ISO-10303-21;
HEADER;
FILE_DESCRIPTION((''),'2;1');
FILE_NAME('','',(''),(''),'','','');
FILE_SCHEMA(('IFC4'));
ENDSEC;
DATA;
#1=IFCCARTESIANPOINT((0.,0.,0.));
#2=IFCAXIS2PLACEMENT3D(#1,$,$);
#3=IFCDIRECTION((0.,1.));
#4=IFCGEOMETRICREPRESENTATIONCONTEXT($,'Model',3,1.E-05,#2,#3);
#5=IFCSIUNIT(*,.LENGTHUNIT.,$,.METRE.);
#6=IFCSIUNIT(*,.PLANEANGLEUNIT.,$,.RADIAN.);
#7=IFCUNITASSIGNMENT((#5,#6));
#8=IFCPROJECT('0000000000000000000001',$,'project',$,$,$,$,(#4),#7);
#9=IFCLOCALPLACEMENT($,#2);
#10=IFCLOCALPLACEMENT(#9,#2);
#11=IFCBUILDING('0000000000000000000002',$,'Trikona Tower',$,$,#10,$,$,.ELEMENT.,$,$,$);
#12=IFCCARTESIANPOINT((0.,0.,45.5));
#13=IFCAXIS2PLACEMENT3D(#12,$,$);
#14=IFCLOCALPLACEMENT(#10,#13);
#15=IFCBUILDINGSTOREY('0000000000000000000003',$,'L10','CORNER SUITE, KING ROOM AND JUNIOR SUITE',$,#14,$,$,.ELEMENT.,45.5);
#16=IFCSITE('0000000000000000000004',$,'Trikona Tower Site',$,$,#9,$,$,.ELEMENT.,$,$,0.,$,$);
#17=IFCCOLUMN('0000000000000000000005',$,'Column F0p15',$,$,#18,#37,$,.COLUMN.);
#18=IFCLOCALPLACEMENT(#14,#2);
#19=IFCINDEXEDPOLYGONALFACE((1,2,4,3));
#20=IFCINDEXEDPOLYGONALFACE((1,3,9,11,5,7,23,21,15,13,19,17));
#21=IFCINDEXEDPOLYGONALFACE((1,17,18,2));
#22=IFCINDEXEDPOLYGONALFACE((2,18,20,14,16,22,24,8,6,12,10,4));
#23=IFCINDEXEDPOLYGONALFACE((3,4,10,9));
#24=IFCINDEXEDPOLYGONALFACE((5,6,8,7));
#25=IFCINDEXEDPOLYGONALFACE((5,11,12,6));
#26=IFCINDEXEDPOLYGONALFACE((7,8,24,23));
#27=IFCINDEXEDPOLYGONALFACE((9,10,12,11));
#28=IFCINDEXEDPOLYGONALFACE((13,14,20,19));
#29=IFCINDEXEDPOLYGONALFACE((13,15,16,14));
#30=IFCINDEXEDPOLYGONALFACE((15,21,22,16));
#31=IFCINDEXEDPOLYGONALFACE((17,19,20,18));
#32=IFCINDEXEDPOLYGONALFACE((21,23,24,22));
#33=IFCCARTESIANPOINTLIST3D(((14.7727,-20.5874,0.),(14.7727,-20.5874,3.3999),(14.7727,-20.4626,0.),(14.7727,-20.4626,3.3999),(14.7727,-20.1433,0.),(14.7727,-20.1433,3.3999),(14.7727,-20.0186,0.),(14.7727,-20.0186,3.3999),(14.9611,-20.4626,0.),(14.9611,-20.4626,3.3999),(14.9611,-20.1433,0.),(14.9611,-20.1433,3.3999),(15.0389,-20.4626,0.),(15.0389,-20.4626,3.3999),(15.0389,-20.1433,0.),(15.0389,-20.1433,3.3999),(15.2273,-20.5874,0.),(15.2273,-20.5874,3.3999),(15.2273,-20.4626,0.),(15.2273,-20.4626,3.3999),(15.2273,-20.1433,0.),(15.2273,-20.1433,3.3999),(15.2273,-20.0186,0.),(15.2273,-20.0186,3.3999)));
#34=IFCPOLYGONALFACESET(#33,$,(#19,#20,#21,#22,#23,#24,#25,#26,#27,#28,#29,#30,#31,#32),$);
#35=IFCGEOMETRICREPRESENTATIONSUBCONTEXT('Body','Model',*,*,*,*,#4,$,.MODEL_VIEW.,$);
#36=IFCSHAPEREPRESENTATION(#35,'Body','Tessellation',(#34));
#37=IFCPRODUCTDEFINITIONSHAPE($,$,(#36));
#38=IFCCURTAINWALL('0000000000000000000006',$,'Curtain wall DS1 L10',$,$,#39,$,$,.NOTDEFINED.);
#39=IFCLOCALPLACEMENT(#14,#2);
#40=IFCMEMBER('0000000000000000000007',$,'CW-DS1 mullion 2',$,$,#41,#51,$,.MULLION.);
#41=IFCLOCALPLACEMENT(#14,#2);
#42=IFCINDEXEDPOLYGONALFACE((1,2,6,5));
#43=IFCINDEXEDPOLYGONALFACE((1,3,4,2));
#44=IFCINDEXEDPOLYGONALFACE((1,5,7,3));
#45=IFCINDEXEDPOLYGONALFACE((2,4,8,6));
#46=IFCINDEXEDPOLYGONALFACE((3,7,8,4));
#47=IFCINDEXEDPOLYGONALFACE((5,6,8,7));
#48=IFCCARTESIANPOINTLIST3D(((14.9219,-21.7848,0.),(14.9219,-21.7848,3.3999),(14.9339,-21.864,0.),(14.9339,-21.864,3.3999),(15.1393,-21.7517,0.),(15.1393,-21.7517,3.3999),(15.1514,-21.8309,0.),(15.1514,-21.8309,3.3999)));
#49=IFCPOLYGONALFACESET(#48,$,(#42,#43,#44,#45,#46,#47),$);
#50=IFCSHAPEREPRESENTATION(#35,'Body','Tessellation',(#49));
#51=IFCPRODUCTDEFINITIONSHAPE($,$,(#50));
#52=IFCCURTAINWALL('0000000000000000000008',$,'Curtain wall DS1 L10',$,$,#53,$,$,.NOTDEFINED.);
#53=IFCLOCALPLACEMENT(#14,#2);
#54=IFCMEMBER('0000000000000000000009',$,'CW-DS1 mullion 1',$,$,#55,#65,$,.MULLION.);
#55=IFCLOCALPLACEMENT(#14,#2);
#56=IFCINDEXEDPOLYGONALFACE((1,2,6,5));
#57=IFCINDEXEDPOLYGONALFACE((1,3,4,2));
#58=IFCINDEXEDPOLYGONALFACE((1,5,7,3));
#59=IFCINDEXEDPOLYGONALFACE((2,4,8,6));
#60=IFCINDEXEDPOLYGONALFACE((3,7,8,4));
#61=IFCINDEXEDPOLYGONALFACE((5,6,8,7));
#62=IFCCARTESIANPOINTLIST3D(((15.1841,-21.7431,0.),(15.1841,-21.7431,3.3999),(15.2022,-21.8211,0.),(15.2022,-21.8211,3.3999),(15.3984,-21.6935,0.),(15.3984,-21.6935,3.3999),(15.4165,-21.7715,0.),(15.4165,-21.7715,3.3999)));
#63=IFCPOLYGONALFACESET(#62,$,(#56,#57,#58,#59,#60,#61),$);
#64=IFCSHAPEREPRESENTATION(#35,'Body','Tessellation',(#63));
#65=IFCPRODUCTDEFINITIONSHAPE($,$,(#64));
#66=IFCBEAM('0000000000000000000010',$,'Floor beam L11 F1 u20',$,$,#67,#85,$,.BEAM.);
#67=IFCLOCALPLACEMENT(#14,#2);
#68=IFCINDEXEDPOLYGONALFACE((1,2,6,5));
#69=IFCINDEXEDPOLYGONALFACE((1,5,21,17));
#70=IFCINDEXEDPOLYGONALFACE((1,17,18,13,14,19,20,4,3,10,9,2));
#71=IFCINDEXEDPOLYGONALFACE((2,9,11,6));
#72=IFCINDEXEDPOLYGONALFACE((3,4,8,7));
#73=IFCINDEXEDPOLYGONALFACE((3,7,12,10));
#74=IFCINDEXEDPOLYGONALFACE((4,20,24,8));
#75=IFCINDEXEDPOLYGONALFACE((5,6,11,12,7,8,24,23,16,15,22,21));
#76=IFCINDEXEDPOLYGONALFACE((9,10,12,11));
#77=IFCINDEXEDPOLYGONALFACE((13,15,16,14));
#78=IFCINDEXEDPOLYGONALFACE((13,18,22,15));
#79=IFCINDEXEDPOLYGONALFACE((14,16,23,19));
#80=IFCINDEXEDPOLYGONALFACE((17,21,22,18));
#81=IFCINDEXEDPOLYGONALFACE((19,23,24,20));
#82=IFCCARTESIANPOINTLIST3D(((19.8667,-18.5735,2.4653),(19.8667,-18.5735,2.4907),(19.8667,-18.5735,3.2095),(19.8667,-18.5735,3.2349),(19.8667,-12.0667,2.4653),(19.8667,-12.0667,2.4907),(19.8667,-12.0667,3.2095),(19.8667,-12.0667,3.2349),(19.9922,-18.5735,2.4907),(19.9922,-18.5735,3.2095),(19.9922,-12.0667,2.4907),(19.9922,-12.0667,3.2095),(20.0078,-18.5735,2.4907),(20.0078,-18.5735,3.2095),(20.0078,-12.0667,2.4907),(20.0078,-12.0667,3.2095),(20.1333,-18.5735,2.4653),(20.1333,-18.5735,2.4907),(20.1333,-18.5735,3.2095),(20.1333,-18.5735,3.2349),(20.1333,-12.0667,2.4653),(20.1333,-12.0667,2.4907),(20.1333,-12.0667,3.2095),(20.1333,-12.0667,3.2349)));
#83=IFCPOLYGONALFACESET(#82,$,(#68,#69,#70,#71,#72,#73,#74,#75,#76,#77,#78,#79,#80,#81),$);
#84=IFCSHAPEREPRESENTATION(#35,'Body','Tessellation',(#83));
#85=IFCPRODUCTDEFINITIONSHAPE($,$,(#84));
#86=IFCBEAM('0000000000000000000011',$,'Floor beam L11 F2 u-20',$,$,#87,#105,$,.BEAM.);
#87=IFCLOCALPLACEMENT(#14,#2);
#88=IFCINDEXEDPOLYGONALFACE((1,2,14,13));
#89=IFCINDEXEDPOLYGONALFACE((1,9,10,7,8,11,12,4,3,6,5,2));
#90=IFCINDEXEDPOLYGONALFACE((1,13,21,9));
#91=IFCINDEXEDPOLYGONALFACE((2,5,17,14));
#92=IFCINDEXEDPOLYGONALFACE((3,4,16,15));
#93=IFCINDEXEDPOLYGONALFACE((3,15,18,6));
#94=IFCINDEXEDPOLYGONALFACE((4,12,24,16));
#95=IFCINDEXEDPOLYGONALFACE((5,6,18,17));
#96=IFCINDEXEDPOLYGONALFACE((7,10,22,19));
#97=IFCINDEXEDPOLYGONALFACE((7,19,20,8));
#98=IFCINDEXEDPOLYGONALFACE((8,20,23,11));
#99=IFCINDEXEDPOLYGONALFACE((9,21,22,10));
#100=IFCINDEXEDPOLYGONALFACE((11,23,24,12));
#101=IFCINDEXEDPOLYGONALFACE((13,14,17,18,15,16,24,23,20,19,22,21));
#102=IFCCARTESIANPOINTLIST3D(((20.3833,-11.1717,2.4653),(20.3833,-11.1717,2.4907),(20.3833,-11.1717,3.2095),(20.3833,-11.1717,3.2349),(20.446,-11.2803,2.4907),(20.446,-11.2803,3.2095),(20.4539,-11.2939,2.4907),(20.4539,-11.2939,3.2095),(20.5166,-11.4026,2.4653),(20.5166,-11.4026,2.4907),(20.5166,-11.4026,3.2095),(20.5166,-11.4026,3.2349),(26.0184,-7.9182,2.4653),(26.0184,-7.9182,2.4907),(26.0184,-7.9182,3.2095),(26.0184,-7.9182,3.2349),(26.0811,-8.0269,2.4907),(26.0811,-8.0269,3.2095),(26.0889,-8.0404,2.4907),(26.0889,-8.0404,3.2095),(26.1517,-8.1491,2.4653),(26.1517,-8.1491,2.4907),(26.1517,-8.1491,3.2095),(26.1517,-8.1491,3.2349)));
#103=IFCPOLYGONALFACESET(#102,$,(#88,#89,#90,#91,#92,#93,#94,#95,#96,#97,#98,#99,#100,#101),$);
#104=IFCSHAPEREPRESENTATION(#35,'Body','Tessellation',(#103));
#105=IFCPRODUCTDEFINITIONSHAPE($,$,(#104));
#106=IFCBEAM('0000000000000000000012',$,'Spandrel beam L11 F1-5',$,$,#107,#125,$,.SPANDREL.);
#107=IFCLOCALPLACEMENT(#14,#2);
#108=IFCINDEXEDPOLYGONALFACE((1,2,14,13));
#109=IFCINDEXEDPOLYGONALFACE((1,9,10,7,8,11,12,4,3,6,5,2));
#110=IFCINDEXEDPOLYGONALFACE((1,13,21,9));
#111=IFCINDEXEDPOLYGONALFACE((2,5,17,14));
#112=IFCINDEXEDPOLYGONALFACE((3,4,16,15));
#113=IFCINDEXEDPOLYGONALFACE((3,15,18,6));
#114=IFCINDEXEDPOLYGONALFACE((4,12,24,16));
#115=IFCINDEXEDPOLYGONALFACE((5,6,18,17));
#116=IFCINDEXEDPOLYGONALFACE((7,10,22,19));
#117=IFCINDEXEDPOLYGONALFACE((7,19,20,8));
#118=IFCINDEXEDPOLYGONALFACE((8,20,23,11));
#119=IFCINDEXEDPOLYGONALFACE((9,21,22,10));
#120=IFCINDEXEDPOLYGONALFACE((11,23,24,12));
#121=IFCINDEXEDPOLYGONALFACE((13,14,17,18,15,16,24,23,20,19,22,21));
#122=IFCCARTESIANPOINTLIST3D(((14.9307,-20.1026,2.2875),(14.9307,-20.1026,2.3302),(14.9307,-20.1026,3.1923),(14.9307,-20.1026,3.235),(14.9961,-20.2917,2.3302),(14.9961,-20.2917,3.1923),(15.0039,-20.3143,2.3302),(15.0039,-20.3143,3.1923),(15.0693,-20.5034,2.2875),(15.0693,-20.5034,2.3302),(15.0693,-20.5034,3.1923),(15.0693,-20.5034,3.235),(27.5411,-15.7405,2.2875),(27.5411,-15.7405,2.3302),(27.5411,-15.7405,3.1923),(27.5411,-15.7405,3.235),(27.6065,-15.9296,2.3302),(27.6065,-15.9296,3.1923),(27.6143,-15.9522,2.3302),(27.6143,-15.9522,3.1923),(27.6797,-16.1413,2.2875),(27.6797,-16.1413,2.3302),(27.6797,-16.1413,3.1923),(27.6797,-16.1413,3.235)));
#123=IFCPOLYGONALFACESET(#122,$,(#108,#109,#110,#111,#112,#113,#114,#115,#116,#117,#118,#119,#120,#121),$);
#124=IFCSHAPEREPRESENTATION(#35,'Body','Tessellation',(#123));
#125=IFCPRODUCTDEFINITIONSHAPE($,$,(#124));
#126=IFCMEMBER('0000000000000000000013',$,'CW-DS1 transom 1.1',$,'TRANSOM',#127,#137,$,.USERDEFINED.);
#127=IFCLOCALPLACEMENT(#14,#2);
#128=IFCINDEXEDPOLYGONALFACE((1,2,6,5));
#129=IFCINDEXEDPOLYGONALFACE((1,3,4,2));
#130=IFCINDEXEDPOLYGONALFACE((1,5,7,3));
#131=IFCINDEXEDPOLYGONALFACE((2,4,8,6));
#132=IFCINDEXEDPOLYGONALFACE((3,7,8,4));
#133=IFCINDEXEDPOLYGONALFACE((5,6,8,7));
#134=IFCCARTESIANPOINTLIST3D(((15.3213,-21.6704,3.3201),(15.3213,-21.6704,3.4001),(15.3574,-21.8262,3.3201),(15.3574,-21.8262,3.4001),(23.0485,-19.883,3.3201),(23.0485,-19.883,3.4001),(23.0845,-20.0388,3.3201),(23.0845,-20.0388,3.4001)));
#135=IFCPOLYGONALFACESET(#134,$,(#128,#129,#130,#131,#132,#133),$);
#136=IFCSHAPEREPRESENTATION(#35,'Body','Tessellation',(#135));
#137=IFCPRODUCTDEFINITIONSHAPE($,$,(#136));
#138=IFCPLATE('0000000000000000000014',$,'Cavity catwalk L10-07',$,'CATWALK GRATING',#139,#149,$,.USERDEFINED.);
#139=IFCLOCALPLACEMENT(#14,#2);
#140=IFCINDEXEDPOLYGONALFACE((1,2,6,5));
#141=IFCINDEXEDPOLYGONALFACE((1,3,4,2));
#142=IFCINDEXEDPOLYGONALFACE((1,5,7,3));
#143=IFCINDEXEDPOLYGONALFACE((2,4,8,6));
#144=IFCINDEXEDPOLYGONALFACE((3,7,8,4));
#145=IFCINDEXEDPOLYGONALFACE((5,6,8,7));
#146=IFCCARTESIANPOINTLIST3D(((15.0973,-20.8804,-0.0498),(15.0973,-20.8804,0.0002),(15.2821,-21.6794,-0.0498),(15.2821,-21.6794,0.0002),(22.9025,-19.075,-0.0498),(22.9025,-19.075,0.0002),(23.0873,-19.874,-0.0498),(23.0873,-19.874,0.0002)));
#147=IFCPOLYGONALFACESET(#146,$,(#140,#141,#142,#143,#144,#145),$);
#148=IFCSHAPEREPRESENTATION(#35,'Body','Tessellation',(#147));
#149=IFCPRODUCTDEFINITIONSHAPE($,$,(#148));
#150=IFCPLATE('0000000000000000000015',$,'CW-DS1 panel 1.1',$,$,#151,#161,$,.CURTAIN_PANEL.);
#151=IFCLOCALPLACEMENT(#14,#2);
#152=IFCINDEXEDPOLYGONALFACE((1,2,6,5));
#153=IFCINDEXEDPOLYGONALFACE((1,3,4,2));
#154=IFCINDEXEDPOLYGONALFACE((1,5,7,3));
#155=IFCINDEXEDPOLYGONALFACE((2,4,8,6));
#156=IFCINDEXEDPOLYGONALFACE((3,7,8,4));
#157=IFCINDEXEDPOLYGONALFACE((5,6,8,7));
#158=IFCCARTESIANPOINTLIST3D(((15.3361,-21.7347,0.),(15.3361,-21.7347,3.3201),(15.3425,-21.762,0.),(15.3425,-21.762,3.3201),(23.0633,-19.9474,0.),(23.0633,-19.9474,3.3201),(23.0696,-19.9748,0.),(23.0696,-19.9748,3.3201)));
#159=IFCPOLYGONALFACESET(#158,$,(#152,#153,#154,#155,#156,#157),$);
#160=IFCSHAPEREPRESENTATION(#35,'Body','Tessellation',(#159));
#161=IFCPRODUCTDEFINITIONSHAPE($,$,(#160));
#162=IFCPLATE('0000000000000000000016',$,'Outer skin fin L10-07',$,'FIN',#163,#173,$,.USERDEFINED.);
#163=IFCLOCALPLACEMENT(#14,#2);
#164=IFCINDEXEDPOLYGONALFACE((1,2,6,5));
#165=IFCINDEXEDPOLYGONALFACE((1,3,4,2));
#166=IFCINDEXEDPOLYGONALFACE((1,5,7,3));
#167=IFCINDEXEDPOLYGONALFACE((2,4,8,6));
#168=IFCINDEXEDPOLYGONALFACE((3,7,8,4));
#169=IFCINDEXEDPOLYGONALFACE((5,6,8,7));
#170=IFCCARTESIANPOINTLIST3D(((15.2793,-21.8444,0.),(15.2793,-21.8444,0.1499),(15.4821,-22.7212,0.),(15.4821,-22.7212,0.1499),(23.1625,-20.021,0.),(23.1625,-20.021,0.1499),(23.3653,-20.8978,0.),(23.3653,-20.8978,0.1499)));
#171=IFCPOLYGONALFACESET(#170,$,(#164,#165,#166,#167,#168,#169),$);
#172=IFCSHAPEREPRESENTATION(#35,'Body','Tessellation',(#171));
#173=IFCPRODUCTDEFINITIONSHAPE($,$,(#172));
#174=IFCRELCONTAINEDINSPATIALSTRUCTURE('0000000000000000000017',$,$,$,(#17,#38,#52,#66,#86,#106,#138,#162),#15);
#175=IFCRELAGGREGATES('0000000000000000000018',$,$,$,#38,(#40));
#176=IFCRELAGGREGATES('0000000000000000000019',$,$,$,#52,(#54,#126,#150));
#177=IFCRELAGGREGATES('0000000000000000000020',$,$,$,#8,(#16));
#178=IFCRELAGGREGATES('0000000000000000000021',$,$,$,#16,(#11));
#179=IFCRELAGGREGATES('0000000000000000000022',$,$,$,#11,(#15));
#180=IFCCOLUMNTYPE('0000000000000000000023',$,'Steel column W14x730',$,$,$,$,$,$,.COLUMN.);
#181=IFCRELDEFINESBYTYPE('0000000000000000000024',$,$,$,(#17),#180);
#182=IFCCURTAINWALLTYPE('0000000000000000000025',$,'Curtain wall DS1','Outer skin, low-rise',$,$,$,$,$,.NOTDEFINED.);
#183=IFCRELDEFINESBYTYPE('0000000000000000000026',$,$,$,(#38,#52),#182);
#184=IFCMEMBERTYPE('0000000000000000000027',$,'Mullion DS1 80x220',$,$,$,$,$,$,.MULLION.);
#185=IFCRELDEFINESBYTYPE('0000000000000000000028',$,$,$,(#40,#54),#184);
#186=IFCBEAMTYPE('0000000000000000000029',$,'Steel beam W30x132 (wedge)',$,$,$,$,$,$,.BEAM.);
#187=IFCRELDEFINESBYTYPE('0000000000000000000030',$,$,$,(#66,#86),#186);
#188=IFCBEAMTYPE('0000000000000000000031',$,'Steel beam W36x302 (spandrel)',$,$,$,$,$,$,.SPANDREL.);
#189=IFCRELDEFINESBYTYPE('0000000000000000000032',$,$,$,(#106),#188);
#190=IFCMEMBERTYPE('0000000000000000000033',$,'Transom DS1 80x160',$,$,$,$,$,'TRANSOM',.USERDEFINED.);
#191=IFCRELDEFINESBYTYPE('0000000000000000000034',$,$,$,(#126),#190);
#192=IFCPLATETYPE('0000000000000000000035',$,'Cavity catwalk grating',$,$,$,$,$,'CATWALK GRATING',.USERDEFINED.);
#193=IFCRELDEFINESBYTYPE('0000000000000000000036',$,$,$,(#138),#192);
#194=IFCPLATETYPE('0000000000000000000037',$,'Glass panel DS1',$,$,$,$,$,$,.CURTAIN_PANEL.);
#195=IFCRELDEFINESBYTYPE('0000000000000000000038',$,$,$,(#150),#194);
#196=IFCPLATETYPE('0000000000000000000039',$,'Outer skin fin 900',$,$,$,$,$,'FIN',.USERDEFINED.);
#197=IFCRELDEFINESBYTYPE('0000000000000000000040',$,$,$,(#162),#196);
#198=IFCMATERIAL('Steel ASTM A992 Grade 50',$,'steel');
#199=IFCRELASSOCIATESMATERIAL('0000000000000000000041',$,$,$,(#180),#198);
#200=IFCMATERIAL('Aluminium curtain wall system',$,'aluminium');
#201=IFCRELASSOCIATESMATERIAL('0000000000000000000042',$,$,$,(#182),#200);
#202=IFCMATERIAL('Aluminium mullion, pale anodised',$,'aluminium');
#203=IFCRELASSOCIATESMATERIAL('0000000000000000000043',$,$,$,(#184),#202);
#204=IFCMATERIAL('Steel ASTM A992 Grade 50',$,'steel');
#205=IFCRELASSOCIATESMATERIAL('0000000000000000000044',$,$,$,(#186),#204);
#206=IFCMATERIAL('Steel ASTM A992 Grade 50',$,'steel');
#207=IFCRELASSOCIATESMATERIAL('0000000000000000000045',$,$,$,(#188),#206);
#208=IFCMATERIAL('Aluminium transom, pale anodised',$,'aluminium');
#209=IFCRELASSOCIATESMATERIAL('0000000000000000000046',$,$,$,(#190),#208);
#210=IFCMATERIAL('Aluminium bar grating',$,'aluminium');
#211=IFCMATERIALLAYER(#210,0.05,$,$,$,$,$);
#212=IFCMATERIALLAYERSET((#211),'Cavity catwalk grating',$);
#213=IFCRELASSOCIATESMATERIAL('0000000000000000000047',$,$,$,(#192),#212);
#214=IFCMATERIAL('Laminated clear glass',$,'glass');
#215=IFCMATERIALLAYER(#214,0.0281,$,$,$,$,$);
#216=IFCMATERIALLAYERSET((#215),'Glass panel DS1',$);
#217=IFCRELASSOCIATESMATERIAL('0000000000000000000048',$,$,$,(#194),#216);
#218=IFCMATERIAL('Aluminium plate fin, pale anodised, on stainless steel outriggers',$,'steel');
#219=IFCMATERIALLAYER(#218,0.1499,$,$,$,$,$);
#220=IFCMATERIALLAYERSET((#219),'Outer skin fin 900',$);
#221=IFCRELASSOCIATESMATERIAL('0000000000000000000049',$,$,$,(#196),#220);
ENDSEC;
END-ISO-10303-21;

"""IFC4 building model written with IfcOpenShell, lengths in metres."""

from ifc_helpers import new_model, si_unit, direction, frame, origin, origin_2d, place, context, subcontext, project, spatial, rectangle, i_section, extrude, material, layer, layer_set, material_profile, profile_set, type_object, element, aggregate, save


model = new_model("IFC4")

# Units and contexts
model_context = context("Model", 3, precision=1e-05, world=origin(), true_north=direction((0.0, 1.0)))
body_context = subcontext(model_context, "Body", "Model", "MODEL_VIEW")
ifc_project = project(units=[si_unit("LENGTHUNIT", "METRE"), si_unit("PLANEANGLEUNIT", "RADIAN")], contexts=[model_context])

# Site, building, storey
site_placement = place(None, origin())
site = spatial("IfcSite", under=ifc_project, at=site_placement, Name="Trikona Tower Site", CompositionType="ELEMENT", RefElevation=0.0)
building_placement = place(site_placement, origin())
building = spatial("IfcBuilding", under=site, at=building_placement, Name="Trikona Tower", CompositionType="ELEMENT")
storey_placement = place(building_placement, frame((0.0, 0.0, 45.5)))
storey = spatial("IfcBuildingStorey", under=building, at=storey_placement, Name="L10", Description="CORNER SUITE, KING ROOM AND JUNIOR SUITE", CompositionType="ELEMENT", Elevation=45.5)

# Column
ifc_material_1 = material(Name="Steel ASTM A992 Grade 50", Category="steel")
ifc_material_profile_1 = material_profile(ifc_material_1, i_section(OverallWidth=0.4546, OverallDepth=0.5688, WebThickness=0.0779, FlangeThickness=0.1248, at=origin_2d()), Name="W14X730")
ifc_profile_set_1 = profile_set([ifc_material_profile_1], Name="Steel ASTM A992 Grade 50")
column_type = type_object("IfcColumnType", Name="Steel column W14x730", PredefinedType="COLUMN", material=ifc_profile_set_1)
column_placement = place(storey_placement, frame((15.0, -20.303, 0.0), z_axis=(0.0, 0.0, 1.0), x_axis=(1.0, 0.0, 0.0)))
element("IfcColumn", 1, at=column_placement, inside=storey, type_object=column_type, Name="Column F0p15", PredefinedType="COLUMN", context=body_context, shape_type="SweptSolid", body=[
    extrude(i_section(OverallWidth=0.4546, OverallDepth=0.5688, WebThickness=0.0779, FlangeThickness=0.1248, at=origin_2d()), origin(), (0.0, 0.0, 1.0), 3.3999),
])

# Curtain walls, members
ifc_material_2 = material(Name="Aluminium curtain wall system", Category="aluminium")
curtain_wall_type = type_object("IfcCurtainWallType", Name="Curtain wall DS1", Description="Outer skin, low-rise", PredefinedType="NOTDEFINED", material=ifc_material_2)
curtain_wall_1_placement = place(storey_placement, origin())
curtain_wall_1 = element("IfcCurtainWall", 2, at=curtain_wall_1_placement, inside=storey, type_object=curtain_wall_type, Name="Curtain wall DS1 L10", PredefinedType="NOTDEFINED")
ifc_material_3 = material(Name="Aluminium mullion, pale anodised", Category="aluminium")
ifc_material_profile_2 = material_profile(ifc_material_3, rectangle(XDim=0.0801, YDim=0.22, at=origin_2d()), Name="MUL-DS1")
ifc_profile_set_2 = profile_set([ifc_material_profile_2], Name="Aluminium mullion, pale anodised")
member_type_1 = type_object("IfcMemberType", Name="Mullion DS1 80x220", PredefinedType="MULLION", material=ifc_profile_set_2)
member_1_placement = place(storey_placement, frame((15.0366, -21.8079, 0.0), z_axis=(0.0, 0.0, 1.0), x_axis=(-0.150438, 0.988619, 0.0)))
member_1 = element("IfcMember", 3, at=member_1_placement, type_object=member_type_1, Name="CW-DS1 mullion 2", PredefinedType="MULLION", context=body_context, shape_type="SweptSolid", body=[
    extrude(rectangle(XDim=0.0801, YDim=0.22, at=origin_2d()), origin(), (0.0, 0.0, 1.0), 3.3999),
])
aggregate(curtain_wall_1, [member_1])
curtain_wall_2_placement = place(storey_placement, origin())
curtain_wall_2 = element("IfcCurtainWall", 4, at=curtain_wall_2_placement, inside=storey, type_object=curtain_wall_type, Name="Curtain wall DS1 L10", PredefinedType="NOTDEFINED")
member_2_placement = place(storey_placement, frame((15.3003, -21.7573, 0.0), z_axis=(0.0, 0.0, 1.0), x_axis=(-0.225343, 0.974279, 0.0)))
member_2 = element("IfcMember", 5, at=member_2_placement, type_object=member_type_1, Name="CW-DS1 mullion 1", PredefinedType="MULLION", context=body_context, shape_type="SweptSolid", body=[
    extrude(rectangle(XDim=0.0801, YDim=0.22, at=origin_2d()), origin(), (0.0, 0.0, 1.0), 3.3999),
])

# Beams
ifc_material_4 = material(Name="Steel ASTM A992 Grade 50", Category="steel")
ifc_material_profile_3 = material_profile(ifc_material_4, i_section(OverallWidth=0.2666, OverallDepth=0.7695, WebThickness=0.0156, FlangeThickness=0.0254, at=origin_2d()), Name="W30X132")
ifc_profile_set_3 = profile_set([ifc_material_profile_3], Name="Steel ASTM A992 Grade 50")
beam_type_1 = type_object("IfcBeamType", Name="Steel beam W30x132 (wedge)", PredefinedType="BEAM", material=ifc_profile_set_3)
for number, where, z_axis, x_axis, name in (
    (6, (20.0, -12.0667, 2.8501), (0.0, -1.0, 0.0), (1.0, 0.0, 0.0), "Floor beam L11 F1 u20"),
    (7, (20.45, -11.2871, 2.8501), (0.866023, 0.500005, 0.0), (-0.500005, 0.866023, 0.0), "Floor beam L11 F2 u-20"),
):
    element("IfcBeam", number, at=place(storey_placement, frame(where, z_axis=z_axis, x_axis=x_axis)), inside=storey, type_object=beam_type_1, Name=name, PredefinedType="BEAM", context=body_context, shape_type="SweptSolid", body=[
        extrude(i_section(OverallWidth=0.2666, OverallDepth=0.7695, WebThickness=0.0156, FlangeThickness=0.0254, at=origin_2d()), origin(), (0.0, 0.0, 1.0), 6.5068),
    ])
ifc_material_5 = material(Name="Steel ASTM A992 Grade 50", Category="steel")
ifc_material_profile_4 = material_profile(ifc_material_5, i_section(OverallWidth=0.4241, OverallDepth=0.9475, WebThickness=0.0239, FlangeThickness=0.0427, at=origin_2d()), Name="W36X302")
ifc_profile_set_4 = profile_set([ifc_material_profile_4], Name="Steel ASTM A992 Grade 50")
beam_type_2 = type_object("IfcBeamType", Name="Steel beam W36x302 (spandrel)", PredefinedType="SPANDREL", material=ifc_profile_set_4)
beam_placement = place(storey_placement, frame((15.0, -20.303, 2.7612), z_axis=(0.945057, 0.326906, 0.0), x_axis=(-0.326906, 0.945057, 0.0)))
element("IfcBeam", 8, at=beam_placement, inside=storey, type_object=beam_type_2, Name="Spandrel beam L11 F1-5", PredefinedType="SPANDREL", context=body_context, shape_type="SweptSolid", body=[
    extrude(i_section(OverallWidth=0.4241, OverallDepth=0.9475, WebThickness=0.0239, FlangeThickness=0.0427, at=origin_2d()), origin(), (0.0, 0.0, 1.0), 13.3435),
])

# Member
ifc_material_6 = material(Name="Aluminium transom, pale anodised", Category="aluminium")
ifc_material_profile_5 = material_profile(ifc_material_6, rectangle(XDim=0.1599, YDim=0.0801, at=origin_2d()), Name="TRN-DS1")
ifc_profile_set_5 = profile_set([ifc_material_profile_5], Name="Aluminium transom, pale anodised")
member_type_2 = type_object("IfcMemberType", Name="Transom DS1 80x160", ElementType="TRANSOM", PredefinedType="USERDEFINED", material=ifc_profile_set_5)
member_3_placement = place(storey_placement, frame((15.3394, -21.7483, 3.3601), z_axis=(0.974275, 0.225361, 0.0), x_axis=(-0.225361, 0.974275, 0.0)))
member_3 = element("IfcMember", 9, at=member_3_placement, type_object=member_type_2, Name="CW-DS1 transom 1.1", ObjectType="TRANSOM", PredefinedType="USERDEFINED", context=body_context, shape_type="SweptSolid", body=[
    extrude(rectangle(XDim=0.1599, YDim=0.0801, at=origin_2d()), origin(), (0.0, 0.0, 1.0), 7.9312),
])

# Plates
ifc_material_7 = material(Name="Aluminium bar grating", Category="aluminium")
ifc_layer_1 = layer(ifc_material_7, 0.05)
ifc_layer_set_1 = layer_set([ifc_layer_1], Name="Cavity catwalk grating")
plate_type_1 = type_object("IfcPlateType", Name="Cavity catwalk grating", ElementType="CATWALK GRATING", PredefinedType="USERDEFINED", material=ifc_layer_set_1)
plate_1_placement = place(storey_placement, frame((19.0923, -20.3772, -0.0498), z_axis=(0.0, 0.0, 1.0), x_axis=(0.974278, 0.225351, 0.0)))
element("IfcPlate", 10, at=plate_1_placement, inside=storey, type_object=plate_type_1, Name="Cavity catwalk L10-07", ObjectType="CATWALK GRATING", PredefinedType="USERDEFINED", context=body_context, shape_type="SweptSolid", body=[
    extrude(rectangle(XDim=8.0112, YDim=0.8201, at=origin_2d()), origin(), (0.0, 0.0, 1.0), 0.05),
])
ifc_material_8 = material(Name="Laminated clear glass", Category="glass")
ifc_layer_2 = layer(ifc_material_8, 0.0281)
ifc_layer_set_2 = layer_set([ifc_layer_2], Name="Glass panel DS1")
plate_type_2 = type_object("IfcPlateType", Name="Glass panel DS1", PredefinedType="CURTAIN_PANEL", material=ifc_layer_set_2)
plate_2_placement = place(storey_placement, frame((19.2029, -20.8547, 0.0), z_axis=(0.0, 0.0, 1.0), x_axis=(0.974279, 0.225343, 0.0)))
plate_2 = element("IfcPlate", 11, at=plate_2_placement, type_object=plate_type_2, Name="CW-DS1 panel 1.1", PredefinedType="CURTAIN_PANEL", context=body_context, shape_type="SweptSolid", body=[
    extrude(rectangle(XDim=7.9312, YDim=0.0281, at=origin_2d()), origin(), (0.0, 0.0, 1.0), 3.3201),
])
aggregate(curtain_wall_2, [member_2, member_3, plate_2])
ifc_material_9 = material(Name="Aluminium plate fin, pale anodised, on stainless steel outriggers", Category="steel")
ifc_layer_3 = layer(ifc_material_9, 0.1499)
ifc_layer_set_3 = layer_set([ifc_layer_3], Name="Outer skin fin 900")
plate_type_3 = type_object("IfcPlateType", Name="Outer skin fin 900", ElementType="FIN", PredefinedType="USERDEFINED", material=ifc_layer_set_3)
plate_3_placement = place(storey_placement, frame((19.3223, -21.3711, 0.0), z_axis=(0.0, 0.0, 1.0), x_axis=(0.974278, 0.225351, 0.0)))
element("IfcPlate", 12, at=plate_3_placement, inside=storey, type_object=plate_type_3, Name="Outer skin fin L10-07", ObjectType="FIN", PredefinedType="USERDEFINED", context=body_context, shape_type="SweptSolid", body=[
    extrude(rectangle(XDim=8.0913, YDim=0.8999, at=origin_2d()), origin(), (0.0, 0.0, 1.0), 0.1499),
])

save(model, "model.ifc")
